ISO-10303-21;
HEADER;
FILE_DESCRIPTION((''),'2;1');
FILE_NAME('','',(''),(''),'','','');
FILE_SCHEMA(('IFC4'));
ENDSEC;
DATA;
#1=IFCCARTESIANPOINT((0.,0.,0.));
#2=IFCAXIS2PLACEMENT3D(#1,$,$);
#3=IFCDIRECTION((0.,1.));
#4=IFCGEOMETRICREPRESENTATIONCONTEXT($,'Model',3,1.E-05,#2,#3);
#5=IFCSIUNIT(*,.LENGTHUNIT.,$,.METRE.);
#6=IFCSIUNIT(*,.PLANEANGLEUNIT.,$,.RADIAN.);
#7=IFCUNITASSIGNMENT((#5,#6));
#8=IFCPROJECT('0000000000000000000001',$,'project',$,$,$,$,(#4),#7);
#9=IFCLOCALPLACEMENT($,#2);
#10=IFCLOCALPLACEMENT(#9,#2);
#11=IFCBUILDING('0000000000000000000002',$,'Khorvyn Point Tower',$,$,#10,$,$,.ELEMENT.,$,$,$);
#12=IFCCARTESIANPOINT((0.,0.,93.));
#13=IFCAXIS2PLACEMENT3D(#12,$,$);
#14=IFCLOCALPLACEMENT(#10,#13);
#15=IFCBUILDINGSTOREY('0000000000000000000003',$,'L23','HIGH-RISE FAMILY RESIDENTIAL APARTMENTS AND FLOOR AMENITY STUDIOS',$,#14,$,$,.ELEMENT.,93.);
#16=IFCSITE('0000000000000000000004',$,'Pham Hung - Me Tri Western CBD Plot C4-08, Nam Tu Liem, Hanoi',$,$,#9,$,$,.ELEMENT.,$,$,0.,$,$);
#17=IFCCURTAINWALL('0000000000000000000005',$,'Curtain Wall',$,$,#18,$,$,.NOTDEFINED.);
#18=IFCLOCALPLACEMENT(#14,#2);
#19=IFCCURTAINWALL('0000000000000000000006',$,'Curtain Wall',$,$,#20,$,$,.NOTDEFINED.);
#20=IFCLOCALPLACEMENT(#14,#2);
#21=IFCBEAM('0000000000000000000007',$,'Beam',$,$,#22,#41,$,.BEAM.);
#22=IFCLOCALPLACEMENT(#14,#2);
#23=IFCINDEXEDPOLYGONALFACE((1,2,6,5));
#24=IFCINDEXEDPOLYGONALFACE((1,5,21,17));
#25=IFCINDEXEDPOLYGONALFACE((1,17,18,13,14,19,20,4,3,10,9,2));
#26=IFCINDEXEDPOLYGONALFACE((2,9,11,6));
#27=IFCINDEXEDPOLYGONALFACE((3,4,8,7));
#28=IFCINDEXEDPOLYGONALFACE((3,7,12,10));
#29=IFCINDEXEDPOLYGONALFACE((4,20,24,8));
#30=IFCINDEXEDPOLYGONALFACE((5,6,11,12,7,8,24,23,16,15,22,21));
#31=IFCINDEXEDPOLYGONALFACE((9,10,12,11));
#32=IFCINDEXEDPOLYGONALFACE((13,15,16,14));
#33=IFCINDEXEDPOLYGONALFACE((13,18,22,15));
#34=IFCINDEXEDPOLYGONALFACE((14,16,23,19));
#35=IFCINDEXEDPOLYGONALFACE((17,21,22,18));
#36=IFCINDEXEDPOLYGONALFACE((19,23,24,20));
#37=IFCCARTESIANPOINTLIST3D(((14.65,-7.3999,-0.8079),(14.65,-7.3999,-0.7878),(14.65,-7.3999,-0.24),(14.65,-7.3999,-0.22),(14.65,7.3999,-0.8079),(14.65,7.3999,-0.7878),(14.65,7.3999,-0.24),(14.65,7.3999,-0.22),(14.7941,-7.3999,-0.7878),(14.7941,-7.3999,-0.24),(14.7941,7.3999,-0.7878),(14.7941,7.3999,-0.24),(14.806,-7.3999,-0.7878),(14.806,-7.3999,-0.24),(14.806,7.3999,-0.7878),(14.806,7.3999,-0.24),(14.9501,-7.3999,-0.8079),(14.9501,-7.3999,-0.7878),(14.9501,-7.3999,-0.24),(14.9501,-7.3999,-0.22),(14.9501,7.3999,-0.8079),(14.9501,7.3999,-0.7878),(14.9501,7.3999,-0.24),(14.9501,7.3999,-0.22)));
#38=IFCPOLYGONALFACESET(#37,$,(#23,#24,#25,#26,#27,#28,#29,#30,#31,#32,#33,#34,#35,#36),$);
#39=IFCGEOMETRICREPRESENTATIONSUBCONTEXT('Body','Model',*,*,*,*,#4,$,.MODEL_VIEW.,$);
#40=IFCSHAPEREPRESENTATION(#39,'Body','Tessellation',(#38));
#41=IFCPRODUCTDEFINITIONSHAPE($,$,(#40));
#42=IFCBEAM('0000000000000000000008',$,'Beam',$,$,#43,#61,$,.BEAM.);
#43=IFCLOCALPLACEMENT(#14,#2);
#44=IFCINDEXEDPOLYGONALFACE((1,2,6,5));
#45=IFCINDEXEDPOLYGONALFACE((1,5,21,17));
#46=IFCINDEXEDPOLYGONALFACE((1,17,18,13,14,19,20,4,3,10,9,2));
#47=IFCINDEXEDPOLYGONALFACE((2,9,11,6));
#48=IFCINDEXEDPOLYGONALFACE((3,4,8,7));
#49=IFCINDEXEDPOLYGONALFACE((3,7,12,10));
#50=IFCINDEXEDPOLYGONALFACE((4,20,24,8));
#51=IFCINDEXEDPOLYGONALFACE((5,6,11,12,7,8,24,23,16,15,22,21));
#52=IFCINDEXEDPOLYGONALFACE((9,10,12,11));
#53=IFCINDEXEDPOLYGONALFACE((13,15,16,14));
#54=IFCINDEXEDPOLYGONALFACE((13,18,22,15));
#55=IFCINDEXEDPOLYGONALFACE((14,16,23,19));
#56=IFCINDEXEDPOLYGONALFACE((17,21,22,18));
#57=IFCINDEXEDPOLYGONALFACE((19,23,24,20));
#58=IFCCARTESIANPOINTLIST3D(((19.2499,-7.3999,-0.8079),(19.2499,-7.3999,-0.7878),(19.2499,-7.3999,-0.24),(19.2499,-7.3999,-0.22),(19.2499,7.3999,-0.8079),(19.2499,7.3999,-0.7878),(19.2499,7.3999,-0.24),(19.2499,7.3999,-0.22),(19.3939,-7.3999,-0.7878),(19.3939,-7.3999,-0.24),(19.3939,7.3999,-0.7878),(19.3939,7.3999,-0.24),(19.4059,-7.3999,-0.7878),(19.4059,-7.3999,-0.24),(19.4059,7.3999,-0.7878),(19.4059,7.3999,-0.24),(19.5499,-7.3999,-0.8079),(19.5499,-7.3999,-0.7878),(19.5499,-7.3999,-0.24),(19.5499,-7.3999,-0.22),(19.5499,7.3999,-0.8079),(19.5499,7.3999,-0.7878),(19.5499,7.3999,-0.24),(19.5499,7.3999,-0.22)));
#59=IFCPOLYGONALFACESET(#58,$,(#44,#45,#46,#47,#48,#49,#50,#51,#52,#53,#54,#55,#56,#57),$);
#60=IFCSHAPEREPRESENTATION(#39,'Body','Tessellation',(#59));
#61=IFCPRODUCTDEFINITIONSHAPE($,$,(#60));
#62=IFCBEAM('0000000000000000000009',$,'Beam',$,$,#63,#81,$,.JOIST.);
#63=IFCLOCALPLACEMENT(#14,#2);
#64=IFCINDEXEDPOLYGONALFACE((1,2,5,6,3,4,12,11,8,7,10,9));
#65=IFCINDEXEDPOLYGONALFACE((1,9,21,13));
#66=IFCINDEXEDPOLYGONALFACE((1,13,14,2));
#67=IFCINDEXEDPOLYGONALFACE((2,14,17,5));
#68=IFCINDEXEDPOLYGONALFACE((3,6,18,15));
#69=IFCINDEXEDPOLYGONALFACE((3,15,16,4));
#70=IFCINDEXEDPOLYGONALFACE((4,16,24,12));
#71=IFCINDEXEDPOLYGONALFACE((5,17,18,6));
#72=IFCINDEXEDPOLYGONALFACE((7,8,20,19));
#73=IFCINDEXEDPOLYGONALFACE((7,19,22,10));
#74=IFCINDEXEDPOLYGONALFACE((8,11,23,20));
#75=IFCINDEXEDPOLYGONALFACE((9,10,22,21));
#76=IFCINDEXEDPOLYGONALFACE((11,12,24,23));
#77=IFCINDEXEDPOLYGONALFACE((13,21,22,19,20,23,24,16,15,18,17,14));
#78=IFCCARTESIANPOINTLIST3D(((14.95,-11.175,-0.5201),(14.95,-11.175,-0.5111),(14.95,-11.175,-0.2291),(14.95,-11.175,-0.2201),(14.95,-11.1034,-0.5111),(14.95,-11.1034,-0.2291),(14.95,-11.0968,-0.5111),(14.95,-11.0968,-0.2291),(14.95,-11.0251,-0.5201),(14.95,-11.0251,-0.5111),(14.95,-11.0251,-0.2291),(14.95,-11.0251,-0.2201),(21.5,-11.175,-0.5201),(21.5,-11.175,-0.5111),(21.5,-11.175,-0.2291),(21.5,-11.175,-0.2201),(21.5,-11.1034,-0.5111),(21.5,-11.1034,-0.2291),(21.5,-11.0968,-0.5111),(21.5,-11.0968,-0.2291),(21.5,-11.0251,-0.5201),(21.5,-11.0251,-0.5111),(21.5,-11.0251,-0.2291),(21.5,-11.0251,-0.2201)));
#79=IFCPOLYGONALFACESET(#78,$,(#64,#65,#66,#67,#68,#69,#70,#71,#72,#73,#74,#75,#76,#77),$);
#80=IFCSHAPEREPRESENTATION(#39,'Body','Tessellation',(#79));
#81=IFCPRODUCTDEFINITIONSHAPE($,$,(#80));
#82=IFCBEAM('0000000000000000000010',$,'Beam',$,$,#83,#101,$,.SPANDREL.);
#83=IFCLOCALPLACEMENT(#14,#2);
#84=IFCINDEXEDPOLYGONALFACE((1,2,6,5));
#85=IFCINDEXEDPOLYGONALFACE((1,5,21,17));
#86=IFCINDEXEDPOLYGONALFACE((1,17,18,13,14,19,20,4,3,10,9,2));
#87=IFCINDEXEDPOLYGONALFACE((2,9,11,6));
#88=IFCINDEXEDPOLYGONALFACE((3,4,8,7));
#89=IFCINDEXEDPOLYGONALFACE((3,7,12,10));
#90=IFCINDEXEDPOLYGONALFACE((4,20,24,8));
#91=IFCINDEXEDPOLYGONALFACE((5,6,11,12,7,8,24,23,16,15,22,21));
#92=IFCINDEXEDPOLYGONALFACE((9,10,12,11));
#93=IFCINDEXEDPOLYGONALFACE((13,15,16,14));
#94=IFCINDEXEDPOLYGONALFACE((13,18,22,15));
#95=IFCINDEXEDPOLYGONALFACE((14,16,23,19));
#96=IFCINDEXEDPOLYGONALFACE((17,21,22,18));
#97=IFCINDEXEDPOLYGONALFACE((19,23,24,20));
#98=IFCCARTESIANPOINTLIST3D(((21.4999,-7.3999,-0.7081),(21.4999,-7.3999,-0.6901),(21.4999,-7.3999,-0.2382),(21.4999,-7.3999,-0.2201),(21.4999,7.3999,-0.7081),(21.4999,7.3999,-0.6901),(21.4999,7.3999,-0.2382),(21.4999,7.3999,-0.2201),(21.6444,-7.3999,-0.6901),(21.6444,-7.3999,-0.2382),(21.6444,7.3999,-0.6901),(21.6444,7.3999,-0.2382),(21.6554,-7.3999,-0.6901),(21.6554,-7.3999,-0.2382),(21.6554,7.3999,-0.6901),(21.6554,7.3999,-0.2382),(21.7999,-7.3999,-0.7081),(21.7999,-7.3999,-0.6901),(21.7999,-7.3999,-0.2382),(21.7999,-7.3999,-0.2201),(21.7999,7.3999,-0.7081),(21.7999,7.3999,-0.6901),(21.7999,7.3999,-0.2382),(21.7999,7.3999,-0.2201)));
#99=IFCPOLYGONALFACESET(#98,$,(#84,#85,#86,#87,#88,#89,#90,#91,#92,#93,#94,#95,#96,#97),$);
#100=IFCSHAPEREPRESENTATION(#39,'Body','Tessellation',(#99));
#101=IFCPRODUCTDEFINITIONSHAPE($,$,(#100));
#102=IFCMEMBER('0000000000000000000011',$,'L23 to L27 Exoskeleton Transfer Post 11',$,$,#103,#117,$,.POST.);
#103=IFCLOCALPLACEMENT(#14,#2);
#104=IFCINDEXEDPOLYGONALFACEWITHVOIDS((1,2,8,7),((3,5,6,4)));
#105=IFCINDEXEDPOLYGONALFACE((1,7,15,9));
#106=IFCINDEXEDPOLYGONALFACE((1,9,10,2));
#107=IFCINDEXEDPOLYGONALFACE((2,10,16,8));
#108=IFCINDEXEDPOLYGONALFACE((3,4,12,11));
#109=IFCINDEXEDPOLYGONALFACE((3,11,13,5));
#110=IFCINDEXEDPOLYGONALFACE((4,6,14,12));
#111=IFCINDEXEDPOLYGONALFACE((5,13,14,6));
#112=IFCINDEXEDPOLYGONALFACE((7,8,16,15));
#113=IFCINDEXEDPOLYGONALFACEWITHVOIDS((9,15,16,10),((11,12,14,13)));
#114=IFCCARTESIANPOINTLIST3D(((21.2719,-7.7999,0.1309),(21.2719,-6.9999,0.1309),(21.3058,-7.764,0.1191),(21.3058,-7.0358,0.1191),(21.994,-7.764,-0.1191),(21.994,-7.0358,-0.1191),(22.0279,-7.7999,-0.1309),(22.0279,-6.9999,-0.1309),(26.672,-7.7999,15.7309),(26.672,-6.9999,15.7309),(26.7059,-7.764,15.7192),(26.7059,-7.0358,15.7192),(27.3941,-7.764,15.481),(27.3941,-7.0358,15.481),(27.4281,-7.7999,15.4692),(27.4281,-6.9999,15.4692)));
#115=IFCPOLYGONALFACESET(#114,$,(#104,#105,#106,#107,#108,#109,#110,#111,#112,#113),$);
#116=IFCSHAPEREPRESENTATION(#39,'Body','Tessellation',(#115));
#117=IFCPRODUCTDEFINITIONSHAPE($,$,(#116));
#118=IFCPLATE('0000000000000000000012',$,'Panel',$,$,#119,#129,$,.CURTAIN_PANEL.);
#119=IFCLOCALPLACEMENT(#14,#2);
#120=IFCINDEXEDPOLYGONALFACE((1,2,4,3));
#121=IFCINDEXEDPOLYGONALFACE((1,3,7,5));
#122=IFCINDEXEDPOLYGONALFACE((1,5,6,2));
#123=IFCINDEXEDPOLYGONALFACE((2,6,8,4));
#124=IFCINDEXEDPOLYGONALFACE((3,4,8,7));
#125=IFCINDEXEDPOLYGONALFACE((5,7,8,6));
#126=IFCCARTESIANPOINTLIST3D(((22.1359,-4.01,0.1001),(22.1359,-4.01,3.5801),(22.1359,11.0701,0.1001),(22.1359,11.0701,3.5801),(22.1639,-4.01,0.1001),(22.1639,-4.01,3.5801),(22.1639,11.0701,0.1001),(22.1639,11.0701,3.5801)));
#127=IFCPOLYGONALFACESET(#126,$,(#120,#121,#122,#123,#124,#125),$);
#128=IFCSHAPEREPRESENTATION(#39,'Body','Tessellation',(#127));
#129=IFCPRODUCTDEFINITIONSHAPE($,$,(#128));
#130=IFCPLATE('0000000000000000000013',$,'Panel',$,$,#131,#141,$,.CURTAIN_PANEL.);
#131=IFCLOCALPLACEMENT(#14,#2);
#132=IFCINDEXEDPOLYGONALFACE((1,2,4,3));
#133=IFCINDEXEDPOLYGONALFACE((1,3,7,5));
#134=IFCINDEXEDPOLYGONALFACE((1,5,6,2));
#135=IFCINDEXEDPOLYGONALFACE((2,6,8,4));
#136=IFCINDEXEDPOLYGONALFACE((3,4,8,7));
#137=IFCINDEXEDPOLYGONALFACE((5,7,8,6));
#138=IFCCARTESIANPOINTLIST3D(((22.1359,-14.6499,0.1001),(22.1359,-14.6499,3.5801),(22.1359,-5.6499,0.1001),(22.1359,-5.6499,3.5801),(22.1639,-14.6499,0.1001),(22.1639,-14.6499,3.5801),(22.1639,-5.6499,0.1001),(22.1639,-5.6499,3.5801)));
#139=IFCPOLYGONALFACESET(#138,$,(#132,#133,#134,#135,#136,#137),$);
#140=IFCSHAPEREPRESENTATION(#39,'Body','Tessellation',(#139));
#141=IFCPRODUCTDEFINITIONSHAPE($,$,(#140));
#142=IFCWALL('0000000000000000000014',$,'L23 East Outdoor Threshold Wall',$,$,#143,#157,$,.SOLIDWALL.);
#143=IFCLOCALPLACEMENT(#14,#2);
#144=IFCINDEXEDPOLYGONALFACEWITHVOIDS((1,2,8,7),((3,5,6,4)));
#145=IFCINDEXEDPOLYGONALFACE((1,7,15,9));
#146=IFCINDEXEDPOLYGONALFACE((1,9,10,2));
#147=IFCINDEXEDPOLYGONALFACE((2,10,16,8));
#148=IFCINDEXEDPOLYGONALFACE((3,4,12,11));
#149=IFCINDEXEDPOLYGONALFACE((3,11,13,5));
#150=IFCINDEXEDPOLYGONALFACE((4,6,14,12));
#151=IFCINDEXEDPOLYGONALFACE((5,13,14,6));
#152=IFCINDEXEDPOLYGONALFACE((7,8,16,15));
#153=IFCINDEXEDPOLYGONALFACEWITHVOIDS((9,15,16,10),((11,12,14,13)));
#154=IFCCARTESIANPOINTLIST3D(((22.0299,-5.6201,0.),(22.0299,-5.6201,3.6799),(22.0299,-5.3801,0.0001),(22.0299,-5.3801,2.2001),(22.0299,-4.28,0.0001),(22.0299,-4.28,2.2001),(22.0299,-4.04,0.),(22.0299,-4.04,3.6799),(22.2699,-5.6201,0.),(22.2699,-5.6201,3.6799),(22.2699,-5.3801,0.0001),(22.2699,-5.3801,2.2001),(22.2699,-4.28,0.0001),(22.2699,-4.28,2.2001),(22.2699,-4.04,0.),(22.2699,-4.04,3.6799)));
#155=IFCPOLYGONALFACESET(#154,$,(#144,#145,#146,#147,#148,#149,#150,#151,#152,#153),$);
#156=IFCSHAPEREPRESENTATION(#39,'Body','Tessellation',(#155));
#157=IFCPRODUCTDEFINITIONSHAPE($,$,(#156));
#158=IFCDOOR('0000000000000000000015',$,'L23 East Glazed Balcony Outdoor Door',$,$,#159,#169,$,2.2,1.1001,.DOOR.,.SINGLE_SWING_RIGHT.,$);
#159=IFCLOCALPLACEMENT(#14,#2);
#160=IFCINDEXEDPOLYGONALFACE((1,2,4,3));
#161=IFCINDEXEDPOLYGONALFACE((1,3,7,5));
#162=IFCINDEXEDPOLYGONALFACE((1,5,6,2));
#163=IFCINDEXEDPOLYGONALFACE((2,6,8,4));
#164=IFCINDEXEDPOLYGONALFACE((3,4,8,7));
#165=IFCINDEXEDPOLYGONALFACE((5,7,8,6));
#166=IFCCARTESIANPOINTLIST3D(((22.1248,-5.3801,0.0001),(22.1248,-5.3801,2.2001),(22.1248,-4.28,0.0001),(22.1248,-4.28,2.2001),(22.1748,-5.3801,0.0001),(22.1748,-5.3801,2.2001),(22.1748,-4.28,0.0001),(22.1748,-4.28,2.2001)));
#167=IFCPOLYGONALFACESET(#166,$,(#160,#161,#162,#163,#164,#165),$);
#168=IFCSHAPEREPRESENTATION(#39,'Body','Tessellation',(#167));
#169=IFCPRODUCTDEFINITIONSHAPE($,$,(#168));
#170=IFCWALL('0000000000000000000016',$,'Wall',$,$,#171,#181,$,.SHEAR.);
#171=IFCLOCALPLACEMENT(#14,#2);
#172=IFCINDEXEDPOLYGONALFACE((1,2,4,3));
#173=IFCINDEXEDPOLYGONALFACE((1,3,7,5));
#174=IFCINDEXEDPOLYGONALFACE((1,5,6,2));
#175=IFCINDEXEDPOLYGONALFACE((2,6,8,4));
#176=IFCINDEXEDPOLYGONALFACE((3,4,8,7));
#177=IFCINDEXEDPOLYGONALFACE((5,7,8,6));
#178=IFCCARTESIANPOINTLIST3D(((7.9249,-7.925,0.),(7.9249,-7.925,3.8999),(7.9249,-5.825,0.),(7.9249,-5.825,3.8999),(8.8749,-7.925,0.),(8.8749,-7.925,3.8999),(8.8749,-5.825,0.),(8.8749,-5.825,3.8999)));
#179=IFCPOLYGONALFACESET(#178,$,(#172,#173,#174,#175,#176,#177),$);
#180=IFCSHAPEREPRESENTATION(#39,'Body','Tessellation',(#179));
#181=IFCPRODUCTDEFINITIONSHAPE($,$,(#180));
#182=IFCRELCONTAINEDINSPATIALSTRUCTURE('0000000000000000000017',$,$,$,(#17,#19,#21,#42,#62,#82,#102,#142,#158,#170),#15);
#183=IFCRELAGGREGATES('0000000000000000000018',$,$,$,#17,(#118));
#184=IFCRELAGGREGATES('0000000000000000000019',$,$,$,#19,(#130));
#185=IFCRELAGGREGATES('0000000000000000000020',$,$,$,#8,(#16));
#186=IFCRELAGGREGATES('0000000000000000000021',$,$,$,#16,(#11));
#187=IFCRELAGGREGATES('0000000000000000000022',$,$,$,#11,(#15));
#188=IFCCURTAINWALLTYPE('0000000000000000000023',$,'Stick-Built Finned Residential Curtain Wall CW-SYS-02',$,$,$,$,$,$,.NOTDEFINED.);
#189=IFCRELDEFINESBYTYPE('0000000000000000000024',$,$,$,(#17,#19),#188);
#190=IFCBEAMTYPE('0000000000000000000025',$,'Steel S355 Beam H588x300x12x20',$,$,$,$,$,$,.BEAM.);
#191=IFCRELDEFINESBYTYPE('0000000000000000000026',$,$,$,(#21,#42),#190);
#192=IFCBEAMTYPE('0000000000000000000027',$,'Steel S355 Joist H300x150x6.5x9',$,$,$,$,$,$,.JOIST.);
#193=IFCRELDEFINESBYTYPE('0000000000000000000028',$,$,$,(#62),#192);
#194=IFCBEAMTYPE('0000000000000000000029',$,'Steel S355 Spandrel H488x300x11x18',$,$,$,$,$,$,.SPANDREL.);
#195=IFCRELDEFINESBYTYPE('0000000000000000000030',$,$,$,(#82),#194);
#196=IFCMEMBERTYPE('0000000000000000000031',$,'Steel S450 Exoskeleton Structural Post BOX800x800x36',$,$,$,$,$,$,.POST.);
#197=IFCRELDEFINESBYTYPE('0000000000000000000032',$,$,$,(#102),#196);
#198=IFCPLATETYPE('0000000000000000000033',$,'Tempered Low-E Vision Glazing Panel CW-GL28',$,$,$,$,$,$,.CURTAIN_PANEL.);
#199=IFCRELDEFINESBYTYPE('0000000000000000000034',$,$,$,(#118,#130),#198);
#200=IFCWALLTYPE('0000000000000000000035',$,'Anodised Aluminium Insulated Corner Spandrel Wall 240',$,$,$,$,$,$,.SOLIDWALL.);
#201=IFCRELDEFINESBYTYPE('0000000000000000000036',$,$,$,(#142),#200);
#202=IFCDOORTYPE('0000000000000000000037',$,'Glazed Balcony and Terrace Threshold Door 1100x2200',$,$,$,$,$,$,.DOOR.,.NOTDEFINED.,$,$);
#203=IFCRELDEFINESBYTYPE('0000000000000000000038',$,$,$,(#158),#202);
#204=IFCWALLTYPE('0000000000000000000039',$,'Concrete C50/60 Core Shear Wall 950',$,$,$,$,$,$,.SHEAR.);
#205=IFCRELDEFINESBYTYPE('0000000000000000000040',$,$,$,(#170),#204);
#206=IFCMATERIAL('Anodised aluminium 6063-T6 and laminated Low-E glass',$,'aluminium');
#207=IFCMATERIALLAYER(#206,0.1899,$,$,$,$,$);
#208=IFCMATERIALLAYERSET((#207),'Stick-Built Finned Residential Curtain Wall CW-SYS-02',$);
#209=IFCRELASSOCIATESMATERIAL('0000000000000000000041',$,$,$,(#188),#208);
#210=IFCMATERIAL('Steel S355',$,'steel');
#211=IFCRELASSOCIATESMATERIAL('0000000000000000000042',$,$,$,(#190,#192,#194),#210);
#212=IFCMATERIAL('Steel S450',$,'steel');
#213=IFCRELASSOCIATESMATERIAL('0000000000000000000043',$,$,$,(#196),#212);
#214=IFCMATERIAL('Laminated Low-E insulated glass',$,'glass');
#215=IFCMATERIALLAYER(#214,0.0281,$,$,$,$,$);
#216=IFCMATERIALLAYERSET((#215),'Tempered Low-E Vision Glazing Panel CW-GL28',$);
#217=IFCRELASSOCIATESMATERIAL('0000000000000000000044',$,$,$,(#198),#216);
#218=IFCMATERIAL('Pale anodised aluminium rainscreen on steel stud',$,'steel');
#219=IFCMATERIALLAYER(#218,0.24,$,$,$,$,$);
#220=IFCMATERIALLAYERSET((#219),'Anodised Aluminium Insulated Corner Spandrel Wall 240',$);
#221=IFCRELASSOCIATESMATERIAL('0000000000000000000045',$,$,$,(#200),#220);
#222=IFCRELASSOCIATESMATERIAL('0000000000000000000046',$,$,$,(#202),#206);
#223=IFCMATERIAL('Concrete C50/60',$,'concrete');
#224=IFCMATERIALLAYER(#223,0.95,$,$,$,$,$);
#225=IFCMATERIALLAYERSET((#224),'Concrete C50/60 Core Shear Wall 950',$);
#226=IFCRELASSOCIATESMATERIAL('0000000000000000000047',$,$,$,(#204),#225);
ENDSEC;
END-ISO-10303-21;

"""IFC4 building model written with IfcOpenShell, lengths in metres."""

from ifc_helpers import new_model, si_unit, direction, frame, frame_2d, origin, origin_2d, place, context, subcontext, project, spatial, rectangle, hollow_rectangle, i_section, extrude, material, layer, layer_set, material_profile, profile_set, type_object, element, fill, aggregate, save


model = new_model("IFC4")

# Units and contexts
model_context = context("Model", 3, precision=1e-05, world=origin(), true_north=direction((0.0, 1.0)))
body_context = subcontext(model_context, "Body", "Model", "MODEL_VIEW")
ifc_project = project(units=[si_unit("LENGTHUNIT", "METRE"), si_unit("PLANEANGLEUNIT", "RADIAN")], contexts=[model_context])

# Site, building, storey
site_placement = place(None, origin())
site = spatial("IfcSite", under=ifc_project, at=site_placement, Name="Pham Hung - Me Tri Western CBD Plot C4-08, Nam Tu Liem, Hanoi", CompositionType="ELEMENT", RefElevation=0.0)
building_placement = place(site_placement, origin())
building = spatial("IfcBuilding", under=site, at=building_placement, Name="Khorvyn Point Tower", CompositionType="ELEMENT")
storey_placement = place(building_placement, frame((0.0, 0.0, 93.0)))
storey = spatial("IfcBuildingStorey", under=building, at=storey_placement, Name="L23", Description="HIGH-RISE FAMILY RESIDENTIAL APARTMENTS AND FLOOR AMENITY STUDIOS", CompositionType="ELEMENT", Elevation=93.0)

# Shared definitions
ifc_material_1 = material(Name="Concrete C50/60", Category="concrete")
ifc_material_2 = material(Name="Steel S450", Category="steel")

# Curtain wall
ifc_material_3 = material(Name="Anodised aluminium 6063-T6 and laminated Low-E glass", Category="aluminium")
ifc_layer_1 = layer(ifc_material_3, 0.1899)
ifc_layer_set_1 = layer_set([ifc_layer_1], Name="Stick-Built Finned Residential Curtain Wall CW-SYS-02")
curtain_wall_type = type_object("IfcCurtainWallType", Name="Stick-Built Finned Residential Curtain Wall CW-SYS-02", PredefinedType="NOTDEFINED", material=ifc_layer_set_1)
curtain_wall_1_placement = place(storey_placement, origin())
curtain_wall_1 = element("IfcCurtainWall", 1, at=curtain_wall_1_placement, inside=storey, type_object=curtain_wall_type, Name="Curtain Wall", PredefinedType="NOTDEFINED")

# Curtain wall
curtain_wall_2_placement = place(storey_placement, origin())
curtain_wall_2 = element("IfcCurtainWall", 2, at=curtain_wall_2_placement, inside=storey, type_object=curtain_wall_type, Name="Curtain Wall", PredefinedType="NOTDEFINED")

# Beams
ifc_material_4 = material(Name="Steel S355", Category="steel")
ifc_material_profile_1 = material_profile(ifc_material_4, i_section(OverallWidth=0.3, OverallDepth=0.5879, WebThickness=0.012, FlangeThickness=0.02, at=origin_2d()))
ifc_profile_set_1 = profile_set([ifc_material_profile_1], Name="Steel S355 H588x300x12x20")
beam_type_1 = type_object("IfcBeamType", Name="Steel S355 Beam H588x300x12x20", PredefinedType="BEAM", material=ifc_profile_set_1)
for number, where, z_axis, x_axis, name in (
    (3, (14.8, -7.3999, -0.5139), (0.0, 1.0, 0.0), (-1.0, 0.0, 0.0), "Beam"),
    (4, (19.3999, -7.3999, -0.5139), (0.0, 1.0, 0.0), (-1.0, 0.0, 0.0), "Beam"),
):
    element("IfcBeam", number, at=place(storey_placement, frame(where, z_axis=z_axis, x_axis=x_axis)), inside=storey, type_object=beam_type_1, Name=name, PredefinedType="BEAM", context=body_context, shape_type="SweptSolid", body=[
        extrude(i_section(OverallWidth=0.3, OverallDepth=0.5879, WebThickness=0.012, FlangeThickness=0.02, at=origin_2d()), origin(), (0.0, 0.0, 1.0), 14.7998),
    ])
ifc_material_profile_2 = material_profile(ifc_material_4, i_section(OverallWidth=0.1499, OverallDepth=0.3, WebThickness=0.0066, FlangeThickness=0.009, at=origin_2d()))
ifc_profile_set_2 = profile_set([ifc_material_profile_2], Name="Steel S355 H300x150x6.5x9")
beam_type_2 = type_object("IfcBeamType", Name="Steel S355 Joist H300x150x6.5x9", PredefinedType="JOIST", material=ifc_profile_set_2)
beam_1_placement = place(storey_placement, frame((14.95, -11.1001, -0.3701), z_axis=(1.0, 0.0, 0.0), x_axis=(0.0, 1.0, 0.0)))
element("IfcBeam", 5, at=beam_1_placement, inside=storey, type_object=beam_type_2, Name="Beam", PredefinedType="JOIST", context=body_context, shape_type="SweptSolid", body=[
    extrude(i_section(OverallWidth=0.1499, OverallDepth=0.3, WebThickness=0.0066, FlangeThickness=0.009, at=origin_2d()), origin(), (0.0, 0.0, 1.0), 6.55),
])
ifc_material_profile_3 = material_profile(ifc_material_4, i_section(OverallWidth=0.3, OverallDepth=0.488, WebThickness=0.011, FlangeThickness=0.0181, at=origin_2d()))
ifc_profile_set_3 = profile_set([ifc_material_profile_3], Name="Steel S355 H488x300x11x18")
beam_type_3 = type_object("IfcBeamType", Name="Steel S355 Spandrel H488x300x11x18", PredefinedType="SPANDREL", material=ifc_profile_set_3)
beam_2_placement = place(storey_placement, frame((21.6499, -7.3999, -0.4641), z_axis=(0.0, 1.0, 0.0), x_axis=(-1.0, 0.0, 0.0)))
element("IfcBeam", 6, at=beam_2_placement, inside=storey, type_object=beam_type_3, Name="Beam", PredefinedType="SPANDREL", context=body_context, shape_type="SweptSolid", body=[
    extrude(i_section(OverallWidth=0.3, OverallDepth=0.488, WebThickness=0.011, FlangeThickness=0.0181, at=origin_2d()), origin(), (0.0, 0.0, 1.0), 14.7998),
])

# Member
ifc_material_profile_4 = material_profile(ifc_material_2, hollow_rectangle(XDim=0.8, YDim=0.8, WallThickness=0.0359, at=origin_2d()))
ifc_profile_set_4 = profile_set([ifc_material_profile_4], Name="Steel S450 BOX800x800x36")
member_type_1 = type_object("IfcMemberType", Name="Steel S450 Exoskeleton Structural Post BOX800x800x36", PredefinedType="POST", material=ifc_profile_set_4)
member_1_placement = place(storey_placement, frame((21.6499, -7.3999, 0.0), z_axis=(0.327117, 0.0, 0.944984), x_axis=(0.0, 1.0, 0.0)))
element("IfcMember", 7, at=member_1_placement, inside=storey, type_object=member_type_1, Name="L23 to L27 Exoskeleton Transfer Post 11", PredefinedType="POST", context=body_context, shape_type="SweptSolid", body=[
    extrude(hollow_rectangle(XDim=0.8, YDim=0.8, WallThickness=0.0359, at=origin_2d()), origin(), (0.0, 0.0, 1.0), 16.5083),
])

# Plates
ifc_material_5 = material(Name="Laminated Low-E insulated glass", Category="glass")
ifc_layer_2 = layer(ifc_material_5, 0.0281)
ifc_layer_set_2 = layer_set([ifc_layer_2], Name="Tempered Low-E Vision Glazing Panel CW-GL28")
plate_type = type_object("IfcPlateType", Name="Tempered Low-E Vision Glazing Panel CW-GL28", PredefinedType="CURTAIN_PANEL", material=ifc_layer_set_2)
plate_1_placement = place(storey_placement, frame((22.1499, 3.53, 0.1001), z_axis=(0.0, 0.0, 1.0), x_axis=(0.0, -1.0, 0.0)))
plate_1 = element("IfcPlate", 8, at=plate_1_placement, type_object=plate_type, Name="Panel", PredefinedType="CURTAIN_PANEL", context=body_context, shape_type="SweptSolid", body=[
    extrude(rectangle(XDim=15.0801, YDim=0.0281, at=origin_2d()), origin(), (0.0, 0.0, 1.0), 3.48),
])
aggregate(curtain_wall_1, [plate_1])
plate_2_placement = place(storey_placement, frame((22.1499, -10.1499, 0.1001), z_axis=(0.0, 0.0, 1.0), x_axis=(0.0, -1.0, 0.0)))
plate_2 = element("IfcPlate", 9, at=plate_2_placement, type_object=plate_type, Name="Panel", PredefinedType="CURTAIN_PANEL", context=body_context, shape_type="SweptSolid", body=[
    extrude(rectangle(XDim=9.0, YDim=0.0281, at=origin_2d()), origin(), (0.0, 0.0, 1.0), 3.48),
])
aggregate(curtain_wall_2, [plate_2])

# Wall, opening, door
ifc_material_6 = material(Name="Pale anodised aluminium rainscreen on steel stud", Category="steel")
ifc_layer_3 = layer(ifc_material_6, 0.24)
ifc_layer_set_3 = layer_set([ifc_layer_3], Name="Anodised Aluminium Insulated Corner Spandrel Wall 240")
wall_type_1 = type_object("IfcWallType", Name="Anodised Aluminium Insulated Corner Spandrel Wall 240", PredefinedType="SOLIDWALL", material=ifc_layer_set_3)
wall_1_placement = place(storey_placement, frame((22.1499, -4.04, 0.0), z_axis=(0.0, 0.0, 1.0), x_axis=(0.0, -1.0, 0.0)))
wall_1 = element("IfcWall", 10, at=wall_1_placement, inside=storey, type_object=wall_type_1, Name="L23 East Outdoor Threshold Wall", PredefinedType="SOLIDWALL", context=body_context, shape_type="SweptSolid", body=[
    extrude(rectangle(XDim=1.5801, YDim=0.24, at=frame_2d((0.79, 0.0))), origin(), (0.0, 0.0, 1.0), 3.6799),
])
opening_1_placement = place(wall_1_placement, frame((0.24, 0.0, 0.0)))
opening_1 = element("IfcOpeningElement", 11, at=opening_1_placement, cuts=wall_1, PredefinedType="OPENING", context=body_context, shape_type="SweptSolid", body=[
    extrude(rectangle(XDim=1.1001, YDim=2.2, at=frame_2d((0.55, 1.1001))), frame((0.0, 0.1299, 0.0), z_axis=(0.0, -1.0, 0.0), x_axis=(1.0, 0.0, 0.0)), (0.0, 0.0, 1.0), 0.26),
])
door_type_1 = type_object("IfcDoorType", Name="Glazed Balcony and Terrace Threshold Door 1100x2200", OperationType="NOTDEFINED", PredefinedType="DOOR", material=ifc_material_3)
door_1_placement = place(opening_1_placement, origin())
door_1 = element("IfcDoor", 12, at=door_1_placement, inside=storey, type_object=door_type_1, Name="L23 East Glazed Balcony Outdoor Door", OperationType="SINGLE_SWING_RIGHT", OverallHeight=2.2, OverallWidth=1.1001, PredefinedType="DOOR", context=body_context, shape_type="SweptSolid", body=[
    extrude(rectangle(XDim=1.1001, YDim=2.2, at=frame_2d((0.55, 1.1001))), frame((0.0, 0.0249, 0.0), z_axis=(0.0, -1.0, 0.0), x_axis=(1.0, 0.0, 0.0)), (0.0, 0.0, 1.0), 0.05),
])
fill(opening_1, door_1)

# Wall
ifc_layer_4 = layer(ifc_material_1, 0.95)
ifc_layer_set_4 = layer_set([ifc_layer_4], Name="Concrete C50/60 Core Shear Wall 950")
wall_type_2 = type_object("IfcWallType", Name="Concrete C50/60 Core Shear Wall 950", PredefinedType="SHEAR", material=ifc_layer_set_4)
wall_2_placement = place(storey_placement, frame((8.3999, -7.925, 0.0), z_axis=(0.0, 0.0, 1.0), x_axis=(0.0, 1.0, 0.0)))
element("IfcWall", 13, at=wall_2_placement, inside=storey, type_object=wall_type_2, Name="Wall", PredefinedType="SHEAR", context=body_context, shape_type="SweptSolid", body=[
    extrude(rectangle(XDim=2.1001, YDim=0.95, at=frame_2d((1.05, 0.0))), origin(), (0.0, 0.0, 1.0), 3.8999),
])

save(model, "model.ifc")
